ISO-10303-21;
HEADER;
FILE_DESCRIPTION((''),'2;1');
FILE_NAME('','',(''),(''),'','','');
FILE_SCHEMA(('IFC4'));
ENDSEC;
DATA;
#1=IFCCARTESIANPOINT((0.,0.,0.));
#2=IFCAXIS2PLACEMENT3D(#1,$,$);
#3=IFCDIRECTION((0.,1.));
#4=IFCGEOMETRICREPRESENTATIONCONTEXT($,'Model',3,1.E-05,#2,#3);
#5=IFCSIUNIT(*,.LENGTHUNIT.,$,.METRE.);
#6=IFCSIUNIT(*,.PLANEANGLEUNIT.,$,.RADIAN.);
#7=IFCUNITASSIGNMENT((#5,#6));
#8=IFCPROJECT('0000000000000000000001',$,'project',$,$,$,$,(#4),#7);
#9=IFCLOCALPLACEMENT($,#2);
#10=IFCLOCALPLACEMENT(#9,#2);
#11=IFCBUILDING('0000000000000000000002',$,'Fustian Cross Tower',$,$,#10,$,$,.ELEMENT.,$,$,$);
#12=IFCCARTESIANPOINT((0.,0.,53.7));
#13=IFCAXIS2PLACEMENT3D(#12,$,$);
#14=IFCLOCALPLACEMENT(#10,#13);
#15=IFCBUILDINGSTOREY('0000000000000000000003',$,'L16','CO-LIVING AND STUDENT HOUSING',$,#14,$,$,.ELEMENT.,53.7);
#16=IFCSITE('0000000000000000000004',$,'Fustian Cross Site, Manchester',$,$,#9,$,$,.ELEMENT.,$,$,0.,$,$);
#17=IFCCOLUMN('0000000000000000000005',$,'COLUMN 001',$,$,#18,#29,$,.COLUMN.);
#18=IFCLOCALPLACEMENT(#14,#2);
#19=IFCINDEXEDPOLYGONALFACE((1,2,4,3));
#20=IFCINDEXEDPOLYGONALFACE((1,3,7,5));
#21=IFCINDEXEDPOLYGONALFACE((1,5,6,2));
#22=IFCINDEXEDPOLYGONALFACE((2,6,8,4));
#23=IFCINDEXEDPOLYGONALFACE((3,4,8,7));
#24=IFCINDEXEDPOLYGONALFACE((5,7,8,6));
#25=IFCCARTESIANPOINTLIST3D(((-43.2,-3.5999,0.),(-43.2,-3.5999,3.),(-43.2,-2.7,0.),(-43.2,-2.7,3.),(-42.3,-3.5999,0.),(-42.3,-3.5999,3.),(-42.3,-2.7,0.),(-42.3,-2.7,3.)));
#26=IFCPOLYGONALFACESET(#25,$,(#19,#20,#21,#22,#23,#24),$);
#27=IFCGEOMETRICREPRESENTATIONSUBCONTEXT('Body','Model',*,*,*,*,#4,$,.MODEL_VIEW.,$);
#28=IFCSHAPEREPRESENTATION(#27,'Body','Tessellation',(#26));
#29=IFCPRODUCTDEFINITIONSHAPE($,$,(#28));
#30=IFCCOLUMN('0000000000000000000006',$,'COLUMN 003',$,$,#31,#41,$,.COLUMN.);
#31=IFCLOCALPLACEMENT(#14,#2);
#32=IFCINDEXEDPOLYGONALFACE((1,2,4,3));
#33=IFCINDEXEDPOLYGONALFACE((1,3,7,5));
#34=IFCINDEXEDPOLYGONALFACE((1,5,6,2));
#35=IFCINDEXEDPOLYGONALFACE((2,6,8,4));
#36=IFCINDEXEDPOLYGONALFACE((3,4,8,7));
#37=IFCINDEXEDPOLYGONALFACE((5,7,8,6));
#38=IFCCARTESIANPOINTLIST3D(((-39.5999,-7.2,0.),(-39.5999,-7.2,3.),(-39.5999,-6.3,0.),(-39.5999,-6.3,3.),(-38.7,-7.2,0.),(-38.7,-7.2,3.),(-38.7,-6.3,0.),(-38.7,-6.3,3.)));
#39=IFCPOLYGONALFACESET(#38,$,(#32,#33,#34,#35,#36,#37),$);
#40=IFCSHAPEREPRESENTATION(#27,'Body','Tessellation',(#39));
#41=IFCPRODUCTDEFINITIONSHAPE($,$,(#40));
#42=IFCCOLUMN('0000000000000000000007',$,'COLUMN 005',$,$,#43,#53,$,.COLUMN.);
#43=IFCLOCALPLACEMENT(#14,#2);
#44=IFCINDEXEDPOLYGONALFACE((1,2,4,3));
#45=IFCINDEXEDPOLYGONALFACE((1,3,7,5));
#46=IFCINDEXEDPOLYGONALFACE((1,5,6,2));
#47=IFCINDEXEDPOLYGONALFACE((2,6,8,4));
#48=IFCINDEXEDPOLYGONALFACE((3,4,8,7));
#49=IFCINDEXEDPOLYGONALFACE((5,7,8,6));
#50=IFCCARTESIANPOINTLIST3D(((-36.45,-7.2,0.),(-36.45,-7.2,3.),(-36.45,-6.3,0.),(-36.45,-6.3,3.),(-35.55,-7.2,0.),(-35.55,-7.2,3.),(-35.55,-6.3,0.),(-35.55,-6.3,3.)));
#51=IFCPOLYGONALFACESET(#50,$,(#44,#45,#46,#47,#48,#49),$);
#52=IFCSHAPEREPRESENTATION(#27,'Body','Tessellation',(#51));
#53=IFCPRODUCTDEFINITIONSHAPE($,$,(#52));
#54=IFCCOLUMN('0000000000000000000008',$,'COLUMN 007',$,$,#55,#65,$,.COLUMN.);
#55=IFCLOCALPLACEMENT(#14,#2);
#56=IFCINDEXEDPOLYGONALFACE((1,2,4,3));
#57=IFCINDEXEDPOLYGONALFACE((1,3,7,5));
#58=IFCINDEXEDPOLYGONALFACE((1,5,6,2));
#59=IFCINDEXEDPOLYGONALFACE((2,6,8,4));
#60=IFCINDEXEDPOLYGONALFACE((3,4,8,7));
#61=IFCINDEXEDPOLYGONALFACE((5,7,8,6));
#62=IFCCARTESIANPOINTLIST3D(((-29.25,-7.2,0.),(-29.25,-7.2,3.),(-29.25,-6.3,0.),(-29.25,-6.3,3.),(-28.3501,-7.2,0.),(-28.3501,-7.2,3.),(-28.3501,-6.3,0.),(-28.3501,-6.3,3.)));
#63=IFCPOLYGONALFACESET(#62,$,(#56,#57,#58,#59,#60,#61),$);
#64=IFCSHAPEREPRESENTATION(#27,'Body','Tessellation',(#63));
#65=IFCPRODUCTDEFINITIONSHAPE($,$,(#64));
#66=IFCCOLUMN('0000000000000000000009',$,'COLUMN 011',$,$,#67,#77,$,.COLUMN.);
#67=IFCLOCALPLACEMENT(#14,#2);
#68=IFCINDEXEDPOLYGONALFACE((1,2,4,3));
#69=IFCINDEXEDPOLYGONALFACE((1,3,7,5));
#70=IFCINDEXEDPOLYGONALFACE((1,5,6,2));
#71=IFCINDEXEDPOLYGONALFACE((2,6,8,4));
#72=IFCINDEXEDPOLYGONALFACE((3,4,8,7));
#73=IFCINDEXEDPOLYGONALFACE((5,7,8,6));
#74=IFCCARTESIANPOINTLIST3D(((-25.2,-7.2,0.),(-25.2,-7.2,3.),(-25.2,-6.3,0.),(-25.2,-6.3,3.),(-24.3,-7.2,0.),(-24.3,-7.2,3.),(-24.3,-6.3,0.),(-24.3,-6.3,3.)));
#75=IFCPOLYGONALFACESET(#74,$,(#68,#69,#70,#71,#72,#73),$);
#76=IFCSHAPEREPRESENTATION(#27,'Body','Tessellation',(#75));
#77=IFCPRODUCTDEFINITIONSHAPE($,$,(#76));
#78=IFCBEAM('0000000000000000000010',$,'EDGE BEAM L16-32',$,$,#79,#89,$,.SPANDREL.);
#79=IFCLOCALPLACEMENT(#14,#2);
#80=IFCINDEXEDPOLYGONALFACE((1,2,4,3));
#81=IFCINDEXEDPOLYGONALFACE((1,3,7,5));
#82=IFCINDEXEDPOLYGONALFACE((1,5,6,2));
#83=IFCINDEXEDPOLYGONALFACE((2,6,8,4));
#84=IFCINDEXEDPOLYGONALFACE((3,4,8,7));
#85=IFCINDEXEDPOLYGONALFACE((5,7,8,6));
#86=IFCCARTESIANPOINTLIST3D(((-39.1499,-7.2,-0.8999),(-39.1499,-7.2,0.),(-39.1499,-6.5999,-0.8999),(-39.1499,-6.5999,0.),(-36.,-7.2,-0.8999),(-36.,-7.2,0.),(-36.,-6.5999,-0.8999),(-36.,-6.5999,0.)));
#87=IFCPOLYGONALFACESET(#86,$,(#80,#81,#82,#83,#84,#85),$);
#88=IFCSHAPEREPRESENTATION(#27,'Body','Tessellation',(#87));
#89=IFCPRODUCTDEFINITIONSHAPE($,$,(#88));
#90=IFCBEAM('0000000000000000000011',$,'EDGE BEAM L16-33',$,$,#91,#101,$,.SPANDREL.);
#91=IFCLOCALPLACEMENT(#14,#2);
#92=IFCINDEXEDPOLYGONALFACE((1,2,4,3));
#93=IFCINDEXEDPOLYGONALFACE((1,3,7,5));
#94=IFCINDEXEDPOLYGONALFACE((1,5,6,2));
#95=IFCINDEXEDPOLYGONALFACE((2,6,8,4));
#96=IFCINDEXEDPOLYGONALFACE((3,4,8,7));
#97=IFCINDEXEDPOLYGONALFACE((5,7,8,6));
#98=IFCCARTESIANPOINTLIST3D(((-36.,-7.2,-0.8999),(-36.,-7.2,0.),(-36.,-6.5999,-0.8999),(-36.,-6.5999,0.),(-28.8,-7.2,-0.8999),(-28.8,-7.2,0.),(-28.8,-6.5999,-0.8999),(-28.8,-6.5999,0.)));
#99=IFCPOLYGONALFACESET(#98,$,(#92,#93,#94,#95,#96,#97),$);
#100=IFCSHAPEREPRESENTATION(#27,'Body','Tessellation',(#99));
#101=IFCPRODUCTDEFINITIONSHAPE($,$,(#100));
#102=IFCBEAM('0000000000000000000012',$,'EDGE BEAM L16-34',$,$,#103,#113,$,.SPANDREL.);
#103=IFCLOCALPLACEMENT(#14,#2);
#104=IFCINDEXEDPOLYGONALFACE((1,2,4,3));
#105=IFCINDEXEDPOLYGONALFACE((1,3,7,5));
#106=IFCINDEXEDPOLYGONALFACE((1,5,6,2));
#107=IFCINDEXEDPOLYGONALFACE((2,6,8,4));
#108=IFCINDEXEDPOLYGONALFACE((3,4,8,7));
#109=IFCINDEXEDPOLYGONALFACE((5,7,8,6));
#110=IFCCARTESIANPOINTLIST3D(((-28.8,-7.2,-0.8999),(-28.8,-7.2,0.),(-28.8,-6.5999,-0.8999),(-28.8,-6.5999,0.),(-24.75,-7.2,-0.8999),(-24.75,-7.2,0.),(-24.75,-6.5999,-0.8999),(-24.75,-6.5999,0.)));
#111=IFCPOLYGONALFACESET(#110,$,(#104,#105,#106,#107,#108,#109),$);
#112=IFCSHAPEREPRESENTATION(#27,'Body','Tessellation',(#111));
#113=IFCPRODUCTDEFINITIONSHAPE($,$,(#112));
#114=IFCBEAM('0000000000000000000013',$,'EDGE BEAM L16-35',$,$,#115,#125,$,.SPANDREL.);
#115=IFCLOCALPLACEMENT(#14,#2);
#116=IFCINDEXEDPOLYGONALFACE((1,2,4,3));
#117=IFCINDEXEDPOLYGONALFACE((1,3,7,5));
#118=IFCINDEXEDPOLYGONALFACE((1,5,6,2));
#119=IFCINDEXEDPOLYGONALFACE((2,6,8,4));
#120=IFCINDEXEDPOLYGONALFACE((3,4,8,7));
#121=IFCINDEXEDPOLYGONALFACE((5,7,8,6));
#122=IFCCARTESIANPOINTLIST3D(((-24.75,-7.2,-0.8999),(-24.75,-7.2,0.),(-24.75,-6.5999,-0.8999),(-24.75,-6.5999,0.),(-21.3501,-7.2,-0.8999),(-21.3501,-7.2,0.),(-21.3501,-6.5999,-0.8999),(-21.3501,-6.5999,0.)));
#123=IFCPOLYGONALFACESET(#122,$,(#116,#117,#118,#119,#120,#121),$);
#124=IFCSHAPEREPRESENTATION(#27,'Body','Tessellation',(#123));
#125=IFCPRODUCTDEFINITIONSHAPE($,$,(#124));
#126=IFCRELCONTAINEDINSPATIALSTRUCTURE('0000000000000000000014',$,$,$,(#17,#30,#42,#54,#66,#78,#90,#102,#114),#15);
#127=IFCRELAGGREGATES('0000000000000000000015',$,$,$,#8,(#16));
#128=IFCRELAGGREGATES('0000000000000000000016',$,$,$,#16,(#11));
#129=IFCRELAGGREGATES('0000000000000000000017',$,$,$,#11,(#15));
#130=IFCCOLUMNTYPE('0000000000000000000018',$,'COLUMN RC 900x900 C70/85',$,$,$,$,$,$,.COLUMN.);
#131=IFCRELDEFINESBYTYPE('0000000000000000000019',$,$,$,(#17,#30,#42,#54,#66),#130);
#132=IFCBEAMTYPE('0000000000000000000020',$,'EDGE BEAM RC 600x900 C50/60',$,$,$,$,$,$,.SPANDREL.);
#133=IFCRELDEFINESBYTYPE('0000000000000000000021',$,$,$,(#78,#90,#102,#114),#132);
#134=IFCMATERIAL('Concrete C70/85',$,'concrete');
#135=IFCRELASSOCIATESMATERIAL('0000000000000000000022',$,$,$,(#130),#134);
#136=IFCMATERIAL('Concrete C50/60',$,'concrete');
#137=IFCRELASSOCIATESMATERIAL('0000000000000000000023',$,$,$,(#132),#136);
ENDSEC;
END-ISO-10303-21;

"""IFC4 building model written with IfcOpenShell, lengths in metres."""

from ifc_helpers import new_model, si_unit, direction, frame, origin, origin_2d, place, context, subcontext, project, spatial, rectangle, extrude, material, material_profile, profile_set, type_object, element, save


model = new_model("IFC4")

# Units and contexts
model_context = context("Model", 3, precision=1e-05, world=origin(), true_north=direction((0.0, 1.0)))
body_context = subcontext(model_context, "Body", "Model", "MODEL_VIEW")
ifc_project = project(units=[si_unit("LENGTHUNIT", "METRE"), si_unit("PLANEANGLEUNIT", "RADIAN")], contexts=[model_context])

# Site, building, storey
site_placement = place(None, origin())
site = spatial("IfcSite", under=ifc_project, at=site_placement, Name="Fustian Cross Site, Manchester", CompositionType="ELEMENT", RefElevation=0.0)
building_placement = place(site_placement, origin())
building = spatial("IfcBuilding", under=site, at=building_placement, Name="Fustian Cross Tower", CompositionType="ELEMENT")
storey_placement = place(building_placement, frame((0.0, 0.0, 53.7)))
storey = spatial("IfcBuildingStorey", under=building, at=storey_placement, Name="L16", Description="CO-LIVING AND STUDENT HOUSING", CompositionType="ELEMENT", Elevation=53.7)

# Columns
ifc_material_1 = material(Name="Concrete C70/85", Category="concrete")
ifc_material_profile_1 = material_profile(ifc_material_1, rectangle(XDim=0.8999, YDim=0.8999, at=origin_2d()), Name="RC 900x900")
ifc_profile_set_1 = profile_set([ifc_material_profile_1], Name="Concrete C70/85")
column_type = type_object("IfcColumnType", Name="COLUMN RC 900x900 C70/85", PredefinedType="COLUMN", material=ifc_profile_set_1)
for number, where, z_axis, x_axis, name in (
    (1, (-42.75, -3.1499, 0.0), (0.0, 0.0, 1.0), (1.0, 0.0, 0.0), "COLUMN 001"),
    (2, (-39.1499, -6.75, 0.0), (0.0, 0.0, 1.0), (1.0, 0.0, 0.0), "COLUMN 003"),
    (3, (-36.0, -6.75, 0.0), (0.0, 0.0, 1.0), (1.0, 0.0, 0.0), "COLUMN 005"),
    (4, (-28.8, -6.75, 0.0), (0.0, 0.0, 1.0), (1.0, 0.0, 0.0), "COLUMN 007"),
    (5, (-24.75, -6.75, 0.0), (0.0, 0.0, 1.0), (1.0, 0.0, 0.0), "COLUMN 011"),
):
    element("IfcColumn", number, at=place(storey_placement, frame(where, z_axis=z_axis, x_axis=x_axis)), inside=storey, type_object=column_type, Name=name, PredefinedType="COLUMN", context=body_context, shape_type="SweptSolid", body=[
        extrude(rectangle(XDim=0.8999, YDim=0.8999, at=origin_2d()), origin(), (0.0, 0.0, 1.0), 3.0),
    ])

# Beams
ifc_material_2 = material(Name="Concrete C50/60", Category="concrete")
ifc_material_profile_2 = material_profile(ifc_material_2, rectangle(XDim=0.6001, YDim=0.8999, at=origin_2d()), Name="RC 600x900")
ifc_profile_set_2 = profile_set([ifc_material_profile_2], Name="Concrete C50/60")
beam_type = type_object("IfcBeamType", Name="EDGE BEAM RC 600x900 C50/60", PredefinedType="SPANDREL", material=ifc_profile_set_2)
beam_1_placement = place(storey_placement, frame((-39.1499, -6.8999, -0.45), z_axis=(1.0, 0.0, 0.0), x_axis=(0.0, 1.0, 0.0)))
element("IfcBeam", 6, at=beam_1_placement, inside=storey, type_object=beam_type, Name="EDGE BEAM L16-32", PredefinedType="SPANDREL", context=body_context, shape_type="SweptSolid", body=[
    extrude(rectangle(XDim=0.6001, YDim=0.8999, at=origin_2d()), origin(), (0.0, 0.0, 1.0), 3.1499),
])
beam_2_placement = place(storey_placement, frame((-36.0, -6.8999, -0.45), z_axis=(1.0, 0.0, 0.0), x_axis=(0.0, 1.0, 0.0)))
element("IfcBeam", 7, at=beam_2_placement, inside=storey, type_object=beam_type, Name="EDGE BEAM L16-33", PredefinedType="SPANDREL", context=body_context, shape_type="SweptSolid", body=[
    extrude(rectangle(XDim=0.6001, YDim=0.8999, at=origin_2d()), origin(), (0.0, 0.0, 1.0), 7.2),
])
beam_3_placement = place(storey_placement, frame((-28.8, -6.8999, -0.45), z_axis=(1.0, 0.0, 0.0), x_axis=(0.0, 1.0, 0.0)))
element("IfcBeam", 8, at=beam_3_placement, inside=storey, type_object=beam_type, Name="EDGE BEAM L16-34", PredefinedType="SPANDREL", context=body_context, shape_type="SweptSolid", body=[
    extrude(rectangle(XDim=0.6001, YDim=0.8999, at=origin_2d()), origin(), (0.0, 0.0, 1.0), 4.05),
])
beam_4_placement = place(storey_placement, frame((-24.75, -6.8999, -0.45), z_axis=(1.0, 0.0, 0.0), x_axis=(0.0, 1.0, 0.0)))
element("IfcBeam", 9, at=beam_4_placement, inside=storey, type_object=beam_type, Name="EDGE BEAM L16-35", PredefinedType="SPANDREL", context=body_context, shape_type="SweptSolid", body=[
    extrude(rectangle(XDim=0.6001, YDim=0.8999, at=origin_2d()), origin(), (0.0, 0.0, 1.0), 3.3999),
])

save(model, "model.ifc")
